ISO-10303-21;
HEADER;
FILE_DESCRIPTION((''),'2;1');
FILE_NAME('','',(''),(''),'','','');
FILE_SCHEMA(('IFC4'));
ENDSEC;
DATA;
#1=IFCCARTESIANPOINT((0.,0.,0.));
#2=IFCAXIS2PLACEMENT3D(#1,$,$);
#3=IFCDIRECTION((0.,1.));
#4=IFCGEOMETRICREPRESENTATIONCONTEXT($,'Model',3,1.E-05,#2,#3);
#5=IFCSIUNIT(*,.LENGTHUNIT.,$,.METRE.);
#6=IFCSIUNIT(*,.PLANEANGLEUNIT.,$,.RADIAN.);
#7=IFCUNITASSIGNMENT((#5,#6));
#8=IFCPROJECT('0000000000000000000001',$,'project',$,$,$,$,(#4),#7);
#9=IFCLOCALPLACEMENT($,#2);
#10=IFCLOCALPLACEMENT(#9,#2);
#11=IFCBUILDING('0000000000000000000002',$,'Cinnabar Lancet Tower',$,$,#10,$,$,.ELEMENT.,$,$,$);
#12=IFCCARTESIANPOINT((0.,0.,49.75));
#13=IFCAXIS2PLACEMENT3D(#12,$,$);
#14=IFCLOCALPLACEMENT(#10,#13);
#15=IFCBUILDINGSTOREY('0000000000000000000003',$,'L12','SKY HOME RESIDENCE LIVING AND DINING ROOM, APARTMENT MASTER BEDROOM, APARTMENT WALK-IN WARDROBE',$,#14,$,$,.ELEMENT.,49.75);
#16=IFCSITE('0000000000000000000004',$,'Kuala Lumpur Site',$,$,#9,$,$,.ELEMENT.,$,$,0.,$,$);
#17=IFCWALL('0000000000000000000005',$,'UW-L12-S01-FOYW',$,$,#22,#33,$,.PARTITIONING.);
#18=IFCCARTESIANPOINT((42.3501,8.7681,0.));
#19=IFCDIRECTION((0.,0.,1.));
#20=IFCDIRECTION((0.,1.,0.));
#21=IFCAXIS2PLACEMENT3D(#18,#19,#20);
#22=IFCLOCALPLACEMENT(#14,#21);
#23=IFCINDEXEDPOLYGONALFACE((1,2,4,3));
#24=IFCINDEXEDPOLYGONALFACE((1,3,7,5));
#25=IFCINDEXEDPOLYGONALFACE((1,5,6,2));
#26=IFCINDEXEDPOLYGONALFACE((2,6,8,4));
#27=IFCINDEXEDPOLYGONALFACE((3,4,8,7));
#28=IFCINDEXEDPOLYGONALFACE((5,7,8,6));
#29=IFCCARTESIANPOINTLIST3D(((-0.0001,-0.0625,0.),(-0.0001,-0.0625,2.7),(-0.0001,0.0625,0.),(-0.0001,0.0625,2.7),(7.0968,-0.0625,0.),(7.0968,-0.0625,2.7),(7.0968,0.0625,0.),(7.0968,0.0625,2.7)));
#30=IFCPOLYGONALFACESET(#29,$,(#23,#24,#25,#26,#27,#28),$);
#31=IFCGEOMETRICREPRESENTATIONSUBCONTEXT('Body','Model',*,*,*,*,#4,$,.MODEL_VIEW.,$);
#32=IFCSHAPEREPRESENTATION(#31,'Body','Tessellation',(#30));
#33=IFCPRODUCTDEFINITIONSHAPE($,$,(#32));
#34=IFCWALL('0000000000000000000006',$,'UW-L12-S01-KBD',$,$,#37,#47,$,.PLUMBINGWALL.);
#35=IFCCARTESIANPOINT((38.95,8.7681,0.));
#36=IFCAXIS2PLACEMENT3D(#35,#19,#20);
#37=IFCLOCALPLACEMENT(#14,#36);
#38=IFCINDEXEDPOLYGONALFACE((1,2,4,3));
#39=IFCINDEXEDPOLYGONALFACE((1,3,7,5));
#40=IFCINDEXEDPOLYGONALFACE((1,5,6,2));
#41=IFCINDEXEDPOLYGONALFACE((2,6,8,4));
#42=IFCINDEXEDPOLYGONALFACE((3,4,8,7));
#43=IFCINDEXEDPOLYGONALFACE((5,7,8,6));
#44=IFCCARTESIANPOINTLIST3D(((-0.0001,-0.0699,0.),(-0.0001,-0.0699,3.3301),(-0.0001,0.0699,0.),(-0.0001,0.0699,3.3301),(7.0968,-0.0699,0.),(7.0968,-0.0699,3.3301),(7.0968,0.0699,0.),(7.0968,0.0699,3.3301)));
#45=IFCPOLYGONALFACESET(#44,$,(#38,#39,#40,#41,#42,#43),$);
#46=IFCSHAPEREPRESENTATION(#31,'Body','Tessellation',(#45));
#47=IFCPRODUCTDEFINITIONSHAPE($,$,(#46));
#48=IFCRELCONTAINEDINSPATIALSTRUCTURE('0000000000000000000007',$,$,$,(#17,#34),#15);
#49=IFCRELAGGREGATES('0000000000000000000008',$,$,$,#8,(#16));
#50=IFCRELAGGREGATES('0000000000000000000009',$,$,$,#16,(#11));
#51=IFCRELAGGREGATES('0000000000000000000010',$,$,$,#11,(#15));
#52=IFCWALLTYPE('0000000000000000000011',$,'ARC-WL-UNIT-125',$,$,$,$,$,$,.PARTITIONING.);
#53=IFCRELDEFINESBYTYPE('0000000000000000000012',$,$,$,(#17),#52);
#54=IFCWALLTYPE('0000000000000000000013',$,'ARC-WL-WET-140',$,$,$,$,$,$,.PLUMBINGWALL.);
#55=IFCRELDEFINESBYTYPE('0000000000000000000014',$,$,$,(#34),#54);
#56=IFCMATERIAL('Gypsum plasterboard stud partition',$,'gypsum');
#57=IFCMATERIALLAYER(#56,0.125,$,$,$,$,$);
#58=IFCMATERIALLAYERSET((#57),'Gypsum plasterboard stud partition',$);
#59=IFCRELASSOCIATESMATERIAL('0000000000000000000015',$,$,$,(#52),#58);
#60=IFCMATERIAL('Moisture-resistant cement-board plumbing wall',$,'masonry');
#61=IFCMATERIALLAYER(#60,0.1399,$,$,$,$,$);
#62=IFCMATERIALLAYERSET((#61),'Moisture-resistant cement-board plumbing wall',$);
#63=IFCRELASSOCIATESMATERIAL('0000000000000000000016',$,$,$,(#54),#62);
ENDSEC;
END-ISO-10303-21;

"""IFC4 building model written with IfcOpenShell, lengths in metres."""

from ifc_helpers import new_model, si_unit, direction, frame, frame_2d, origin, place, context, subcontext, project, spatial, rectangle, extrude, material, layer, layer_set, type_object, element, save


model = new_model("IFC4")

# Units and contexts
model_context = context("Model", 3, precision=1e-05, world=origin(), true_north=direction((0.0, 1.0)))
body_context = subcontext(model_context, "Body", "Model", "MODEL_VIEW")
ifc_project = project(units=[si_unit("LENGTHUNIT", "METRE"), si_unit("PLANEANGLEUNIT", "RADIAN")], contexts=[model_context])

# Site, building, storey
site_placement = place(None, origin())
site = spatial("IfcSite", under=ifc_project, at=site_placement, Name="Kuala Lumpur Site", CompositionType="ELEMENT", RefElevation=0.0)
building_placement = place(site_placement, origin())
building = spatial("IfcBuilding", under=site, at=building_placement, Name="Cinnabar Lancet Tower", CompositionType="ELEMENT")
storey_placement = place(building_placement, frame((0.0, 0.0, 49.75)))
storey = spatial("IfcBuildingStorey", under=building, at=storey_placement, Name="L12", Description="SKY HOME RESIDENCE LIVING AND DINING ROOM, APARTMENT MASTER BEDROOM, APARTMENT WALK-IN WARDROBE", CompositionType="ELEMENT", Elevation=49.75)

# Walls
ifc_material_1 = material(Name="Gypsum plasterboard stud partition", Category="gypsum")
ifc_layer_1 = layer(ifc_material_1, 0.125)
ifc_layer_set_1 = layer_set([ifc_layer_1], Name="Gypsum plasterboard stud partition")
wall_type_1 = type_object("IfcWallType", Name="ARC-WL-UNIT-125", PredefinedType="PARTITIONING", material=ifc_layer_set_1)
wall_1_placement = place(storey_placement, frame((42.3501, 8.7681, 0.0), z_axis=(0.0, 0.0, 1.0), x_axis=(0.0, 1.0, 0.0)))
element("IfcWall", 1, at=wall_1_placement, inside=storey, type_object=wall_type_1, Name="UW-L12-S01-FOYW", PredefinedType="PARTITIONING", context=body_context, shape_type="SweptSolid", body=[
    extrude(rectangle(XDim=7.0969, YDim=0.125, at=frame_2d((3.5483, 0.0))), origin(), (0.0, 0.0, 1.0), 2.7),
])
ifc_material_2 = material(Name="Moisture-resistant cement-board plumbing wall", Category="masonry")
ifc_layer_2 = layer(ifc_material_2, 0.1399)
ifc_layer_set_2 = layer_set([ifc_layer_2], Name="Moisture-resistant cement-board plumbing wall")
wall_type_2 = type_object("IfcWallType", Name="ARC-WL-WET-140", PredefinedType="PLUMBINGWALL", material=ifc_layer_set_2)
wall_2_placement = place(storey_placement, frame((38.95, 8.7681, 0.0), z_axis=(0.0, 0.0, 1.0), x_axis=(0.0, 1.0, 0.0)))
element("IfcWall", 2, at=wall_2_placement, inside=storey, type_object=wall_type_2, Name="UW-L12-S01-KBD", PredefinedType="PLUMBINGWALL", context=body_context, shape_type="SweptSolid", body=[
    extrude(rectangle(XDim=7.0969, YDim=0.1399, at=frame_2d((3.5483, 0.0))), origin(), (0.0, 0.0, 1.0), 3.3301),
])

save(model, "model.ifc")
